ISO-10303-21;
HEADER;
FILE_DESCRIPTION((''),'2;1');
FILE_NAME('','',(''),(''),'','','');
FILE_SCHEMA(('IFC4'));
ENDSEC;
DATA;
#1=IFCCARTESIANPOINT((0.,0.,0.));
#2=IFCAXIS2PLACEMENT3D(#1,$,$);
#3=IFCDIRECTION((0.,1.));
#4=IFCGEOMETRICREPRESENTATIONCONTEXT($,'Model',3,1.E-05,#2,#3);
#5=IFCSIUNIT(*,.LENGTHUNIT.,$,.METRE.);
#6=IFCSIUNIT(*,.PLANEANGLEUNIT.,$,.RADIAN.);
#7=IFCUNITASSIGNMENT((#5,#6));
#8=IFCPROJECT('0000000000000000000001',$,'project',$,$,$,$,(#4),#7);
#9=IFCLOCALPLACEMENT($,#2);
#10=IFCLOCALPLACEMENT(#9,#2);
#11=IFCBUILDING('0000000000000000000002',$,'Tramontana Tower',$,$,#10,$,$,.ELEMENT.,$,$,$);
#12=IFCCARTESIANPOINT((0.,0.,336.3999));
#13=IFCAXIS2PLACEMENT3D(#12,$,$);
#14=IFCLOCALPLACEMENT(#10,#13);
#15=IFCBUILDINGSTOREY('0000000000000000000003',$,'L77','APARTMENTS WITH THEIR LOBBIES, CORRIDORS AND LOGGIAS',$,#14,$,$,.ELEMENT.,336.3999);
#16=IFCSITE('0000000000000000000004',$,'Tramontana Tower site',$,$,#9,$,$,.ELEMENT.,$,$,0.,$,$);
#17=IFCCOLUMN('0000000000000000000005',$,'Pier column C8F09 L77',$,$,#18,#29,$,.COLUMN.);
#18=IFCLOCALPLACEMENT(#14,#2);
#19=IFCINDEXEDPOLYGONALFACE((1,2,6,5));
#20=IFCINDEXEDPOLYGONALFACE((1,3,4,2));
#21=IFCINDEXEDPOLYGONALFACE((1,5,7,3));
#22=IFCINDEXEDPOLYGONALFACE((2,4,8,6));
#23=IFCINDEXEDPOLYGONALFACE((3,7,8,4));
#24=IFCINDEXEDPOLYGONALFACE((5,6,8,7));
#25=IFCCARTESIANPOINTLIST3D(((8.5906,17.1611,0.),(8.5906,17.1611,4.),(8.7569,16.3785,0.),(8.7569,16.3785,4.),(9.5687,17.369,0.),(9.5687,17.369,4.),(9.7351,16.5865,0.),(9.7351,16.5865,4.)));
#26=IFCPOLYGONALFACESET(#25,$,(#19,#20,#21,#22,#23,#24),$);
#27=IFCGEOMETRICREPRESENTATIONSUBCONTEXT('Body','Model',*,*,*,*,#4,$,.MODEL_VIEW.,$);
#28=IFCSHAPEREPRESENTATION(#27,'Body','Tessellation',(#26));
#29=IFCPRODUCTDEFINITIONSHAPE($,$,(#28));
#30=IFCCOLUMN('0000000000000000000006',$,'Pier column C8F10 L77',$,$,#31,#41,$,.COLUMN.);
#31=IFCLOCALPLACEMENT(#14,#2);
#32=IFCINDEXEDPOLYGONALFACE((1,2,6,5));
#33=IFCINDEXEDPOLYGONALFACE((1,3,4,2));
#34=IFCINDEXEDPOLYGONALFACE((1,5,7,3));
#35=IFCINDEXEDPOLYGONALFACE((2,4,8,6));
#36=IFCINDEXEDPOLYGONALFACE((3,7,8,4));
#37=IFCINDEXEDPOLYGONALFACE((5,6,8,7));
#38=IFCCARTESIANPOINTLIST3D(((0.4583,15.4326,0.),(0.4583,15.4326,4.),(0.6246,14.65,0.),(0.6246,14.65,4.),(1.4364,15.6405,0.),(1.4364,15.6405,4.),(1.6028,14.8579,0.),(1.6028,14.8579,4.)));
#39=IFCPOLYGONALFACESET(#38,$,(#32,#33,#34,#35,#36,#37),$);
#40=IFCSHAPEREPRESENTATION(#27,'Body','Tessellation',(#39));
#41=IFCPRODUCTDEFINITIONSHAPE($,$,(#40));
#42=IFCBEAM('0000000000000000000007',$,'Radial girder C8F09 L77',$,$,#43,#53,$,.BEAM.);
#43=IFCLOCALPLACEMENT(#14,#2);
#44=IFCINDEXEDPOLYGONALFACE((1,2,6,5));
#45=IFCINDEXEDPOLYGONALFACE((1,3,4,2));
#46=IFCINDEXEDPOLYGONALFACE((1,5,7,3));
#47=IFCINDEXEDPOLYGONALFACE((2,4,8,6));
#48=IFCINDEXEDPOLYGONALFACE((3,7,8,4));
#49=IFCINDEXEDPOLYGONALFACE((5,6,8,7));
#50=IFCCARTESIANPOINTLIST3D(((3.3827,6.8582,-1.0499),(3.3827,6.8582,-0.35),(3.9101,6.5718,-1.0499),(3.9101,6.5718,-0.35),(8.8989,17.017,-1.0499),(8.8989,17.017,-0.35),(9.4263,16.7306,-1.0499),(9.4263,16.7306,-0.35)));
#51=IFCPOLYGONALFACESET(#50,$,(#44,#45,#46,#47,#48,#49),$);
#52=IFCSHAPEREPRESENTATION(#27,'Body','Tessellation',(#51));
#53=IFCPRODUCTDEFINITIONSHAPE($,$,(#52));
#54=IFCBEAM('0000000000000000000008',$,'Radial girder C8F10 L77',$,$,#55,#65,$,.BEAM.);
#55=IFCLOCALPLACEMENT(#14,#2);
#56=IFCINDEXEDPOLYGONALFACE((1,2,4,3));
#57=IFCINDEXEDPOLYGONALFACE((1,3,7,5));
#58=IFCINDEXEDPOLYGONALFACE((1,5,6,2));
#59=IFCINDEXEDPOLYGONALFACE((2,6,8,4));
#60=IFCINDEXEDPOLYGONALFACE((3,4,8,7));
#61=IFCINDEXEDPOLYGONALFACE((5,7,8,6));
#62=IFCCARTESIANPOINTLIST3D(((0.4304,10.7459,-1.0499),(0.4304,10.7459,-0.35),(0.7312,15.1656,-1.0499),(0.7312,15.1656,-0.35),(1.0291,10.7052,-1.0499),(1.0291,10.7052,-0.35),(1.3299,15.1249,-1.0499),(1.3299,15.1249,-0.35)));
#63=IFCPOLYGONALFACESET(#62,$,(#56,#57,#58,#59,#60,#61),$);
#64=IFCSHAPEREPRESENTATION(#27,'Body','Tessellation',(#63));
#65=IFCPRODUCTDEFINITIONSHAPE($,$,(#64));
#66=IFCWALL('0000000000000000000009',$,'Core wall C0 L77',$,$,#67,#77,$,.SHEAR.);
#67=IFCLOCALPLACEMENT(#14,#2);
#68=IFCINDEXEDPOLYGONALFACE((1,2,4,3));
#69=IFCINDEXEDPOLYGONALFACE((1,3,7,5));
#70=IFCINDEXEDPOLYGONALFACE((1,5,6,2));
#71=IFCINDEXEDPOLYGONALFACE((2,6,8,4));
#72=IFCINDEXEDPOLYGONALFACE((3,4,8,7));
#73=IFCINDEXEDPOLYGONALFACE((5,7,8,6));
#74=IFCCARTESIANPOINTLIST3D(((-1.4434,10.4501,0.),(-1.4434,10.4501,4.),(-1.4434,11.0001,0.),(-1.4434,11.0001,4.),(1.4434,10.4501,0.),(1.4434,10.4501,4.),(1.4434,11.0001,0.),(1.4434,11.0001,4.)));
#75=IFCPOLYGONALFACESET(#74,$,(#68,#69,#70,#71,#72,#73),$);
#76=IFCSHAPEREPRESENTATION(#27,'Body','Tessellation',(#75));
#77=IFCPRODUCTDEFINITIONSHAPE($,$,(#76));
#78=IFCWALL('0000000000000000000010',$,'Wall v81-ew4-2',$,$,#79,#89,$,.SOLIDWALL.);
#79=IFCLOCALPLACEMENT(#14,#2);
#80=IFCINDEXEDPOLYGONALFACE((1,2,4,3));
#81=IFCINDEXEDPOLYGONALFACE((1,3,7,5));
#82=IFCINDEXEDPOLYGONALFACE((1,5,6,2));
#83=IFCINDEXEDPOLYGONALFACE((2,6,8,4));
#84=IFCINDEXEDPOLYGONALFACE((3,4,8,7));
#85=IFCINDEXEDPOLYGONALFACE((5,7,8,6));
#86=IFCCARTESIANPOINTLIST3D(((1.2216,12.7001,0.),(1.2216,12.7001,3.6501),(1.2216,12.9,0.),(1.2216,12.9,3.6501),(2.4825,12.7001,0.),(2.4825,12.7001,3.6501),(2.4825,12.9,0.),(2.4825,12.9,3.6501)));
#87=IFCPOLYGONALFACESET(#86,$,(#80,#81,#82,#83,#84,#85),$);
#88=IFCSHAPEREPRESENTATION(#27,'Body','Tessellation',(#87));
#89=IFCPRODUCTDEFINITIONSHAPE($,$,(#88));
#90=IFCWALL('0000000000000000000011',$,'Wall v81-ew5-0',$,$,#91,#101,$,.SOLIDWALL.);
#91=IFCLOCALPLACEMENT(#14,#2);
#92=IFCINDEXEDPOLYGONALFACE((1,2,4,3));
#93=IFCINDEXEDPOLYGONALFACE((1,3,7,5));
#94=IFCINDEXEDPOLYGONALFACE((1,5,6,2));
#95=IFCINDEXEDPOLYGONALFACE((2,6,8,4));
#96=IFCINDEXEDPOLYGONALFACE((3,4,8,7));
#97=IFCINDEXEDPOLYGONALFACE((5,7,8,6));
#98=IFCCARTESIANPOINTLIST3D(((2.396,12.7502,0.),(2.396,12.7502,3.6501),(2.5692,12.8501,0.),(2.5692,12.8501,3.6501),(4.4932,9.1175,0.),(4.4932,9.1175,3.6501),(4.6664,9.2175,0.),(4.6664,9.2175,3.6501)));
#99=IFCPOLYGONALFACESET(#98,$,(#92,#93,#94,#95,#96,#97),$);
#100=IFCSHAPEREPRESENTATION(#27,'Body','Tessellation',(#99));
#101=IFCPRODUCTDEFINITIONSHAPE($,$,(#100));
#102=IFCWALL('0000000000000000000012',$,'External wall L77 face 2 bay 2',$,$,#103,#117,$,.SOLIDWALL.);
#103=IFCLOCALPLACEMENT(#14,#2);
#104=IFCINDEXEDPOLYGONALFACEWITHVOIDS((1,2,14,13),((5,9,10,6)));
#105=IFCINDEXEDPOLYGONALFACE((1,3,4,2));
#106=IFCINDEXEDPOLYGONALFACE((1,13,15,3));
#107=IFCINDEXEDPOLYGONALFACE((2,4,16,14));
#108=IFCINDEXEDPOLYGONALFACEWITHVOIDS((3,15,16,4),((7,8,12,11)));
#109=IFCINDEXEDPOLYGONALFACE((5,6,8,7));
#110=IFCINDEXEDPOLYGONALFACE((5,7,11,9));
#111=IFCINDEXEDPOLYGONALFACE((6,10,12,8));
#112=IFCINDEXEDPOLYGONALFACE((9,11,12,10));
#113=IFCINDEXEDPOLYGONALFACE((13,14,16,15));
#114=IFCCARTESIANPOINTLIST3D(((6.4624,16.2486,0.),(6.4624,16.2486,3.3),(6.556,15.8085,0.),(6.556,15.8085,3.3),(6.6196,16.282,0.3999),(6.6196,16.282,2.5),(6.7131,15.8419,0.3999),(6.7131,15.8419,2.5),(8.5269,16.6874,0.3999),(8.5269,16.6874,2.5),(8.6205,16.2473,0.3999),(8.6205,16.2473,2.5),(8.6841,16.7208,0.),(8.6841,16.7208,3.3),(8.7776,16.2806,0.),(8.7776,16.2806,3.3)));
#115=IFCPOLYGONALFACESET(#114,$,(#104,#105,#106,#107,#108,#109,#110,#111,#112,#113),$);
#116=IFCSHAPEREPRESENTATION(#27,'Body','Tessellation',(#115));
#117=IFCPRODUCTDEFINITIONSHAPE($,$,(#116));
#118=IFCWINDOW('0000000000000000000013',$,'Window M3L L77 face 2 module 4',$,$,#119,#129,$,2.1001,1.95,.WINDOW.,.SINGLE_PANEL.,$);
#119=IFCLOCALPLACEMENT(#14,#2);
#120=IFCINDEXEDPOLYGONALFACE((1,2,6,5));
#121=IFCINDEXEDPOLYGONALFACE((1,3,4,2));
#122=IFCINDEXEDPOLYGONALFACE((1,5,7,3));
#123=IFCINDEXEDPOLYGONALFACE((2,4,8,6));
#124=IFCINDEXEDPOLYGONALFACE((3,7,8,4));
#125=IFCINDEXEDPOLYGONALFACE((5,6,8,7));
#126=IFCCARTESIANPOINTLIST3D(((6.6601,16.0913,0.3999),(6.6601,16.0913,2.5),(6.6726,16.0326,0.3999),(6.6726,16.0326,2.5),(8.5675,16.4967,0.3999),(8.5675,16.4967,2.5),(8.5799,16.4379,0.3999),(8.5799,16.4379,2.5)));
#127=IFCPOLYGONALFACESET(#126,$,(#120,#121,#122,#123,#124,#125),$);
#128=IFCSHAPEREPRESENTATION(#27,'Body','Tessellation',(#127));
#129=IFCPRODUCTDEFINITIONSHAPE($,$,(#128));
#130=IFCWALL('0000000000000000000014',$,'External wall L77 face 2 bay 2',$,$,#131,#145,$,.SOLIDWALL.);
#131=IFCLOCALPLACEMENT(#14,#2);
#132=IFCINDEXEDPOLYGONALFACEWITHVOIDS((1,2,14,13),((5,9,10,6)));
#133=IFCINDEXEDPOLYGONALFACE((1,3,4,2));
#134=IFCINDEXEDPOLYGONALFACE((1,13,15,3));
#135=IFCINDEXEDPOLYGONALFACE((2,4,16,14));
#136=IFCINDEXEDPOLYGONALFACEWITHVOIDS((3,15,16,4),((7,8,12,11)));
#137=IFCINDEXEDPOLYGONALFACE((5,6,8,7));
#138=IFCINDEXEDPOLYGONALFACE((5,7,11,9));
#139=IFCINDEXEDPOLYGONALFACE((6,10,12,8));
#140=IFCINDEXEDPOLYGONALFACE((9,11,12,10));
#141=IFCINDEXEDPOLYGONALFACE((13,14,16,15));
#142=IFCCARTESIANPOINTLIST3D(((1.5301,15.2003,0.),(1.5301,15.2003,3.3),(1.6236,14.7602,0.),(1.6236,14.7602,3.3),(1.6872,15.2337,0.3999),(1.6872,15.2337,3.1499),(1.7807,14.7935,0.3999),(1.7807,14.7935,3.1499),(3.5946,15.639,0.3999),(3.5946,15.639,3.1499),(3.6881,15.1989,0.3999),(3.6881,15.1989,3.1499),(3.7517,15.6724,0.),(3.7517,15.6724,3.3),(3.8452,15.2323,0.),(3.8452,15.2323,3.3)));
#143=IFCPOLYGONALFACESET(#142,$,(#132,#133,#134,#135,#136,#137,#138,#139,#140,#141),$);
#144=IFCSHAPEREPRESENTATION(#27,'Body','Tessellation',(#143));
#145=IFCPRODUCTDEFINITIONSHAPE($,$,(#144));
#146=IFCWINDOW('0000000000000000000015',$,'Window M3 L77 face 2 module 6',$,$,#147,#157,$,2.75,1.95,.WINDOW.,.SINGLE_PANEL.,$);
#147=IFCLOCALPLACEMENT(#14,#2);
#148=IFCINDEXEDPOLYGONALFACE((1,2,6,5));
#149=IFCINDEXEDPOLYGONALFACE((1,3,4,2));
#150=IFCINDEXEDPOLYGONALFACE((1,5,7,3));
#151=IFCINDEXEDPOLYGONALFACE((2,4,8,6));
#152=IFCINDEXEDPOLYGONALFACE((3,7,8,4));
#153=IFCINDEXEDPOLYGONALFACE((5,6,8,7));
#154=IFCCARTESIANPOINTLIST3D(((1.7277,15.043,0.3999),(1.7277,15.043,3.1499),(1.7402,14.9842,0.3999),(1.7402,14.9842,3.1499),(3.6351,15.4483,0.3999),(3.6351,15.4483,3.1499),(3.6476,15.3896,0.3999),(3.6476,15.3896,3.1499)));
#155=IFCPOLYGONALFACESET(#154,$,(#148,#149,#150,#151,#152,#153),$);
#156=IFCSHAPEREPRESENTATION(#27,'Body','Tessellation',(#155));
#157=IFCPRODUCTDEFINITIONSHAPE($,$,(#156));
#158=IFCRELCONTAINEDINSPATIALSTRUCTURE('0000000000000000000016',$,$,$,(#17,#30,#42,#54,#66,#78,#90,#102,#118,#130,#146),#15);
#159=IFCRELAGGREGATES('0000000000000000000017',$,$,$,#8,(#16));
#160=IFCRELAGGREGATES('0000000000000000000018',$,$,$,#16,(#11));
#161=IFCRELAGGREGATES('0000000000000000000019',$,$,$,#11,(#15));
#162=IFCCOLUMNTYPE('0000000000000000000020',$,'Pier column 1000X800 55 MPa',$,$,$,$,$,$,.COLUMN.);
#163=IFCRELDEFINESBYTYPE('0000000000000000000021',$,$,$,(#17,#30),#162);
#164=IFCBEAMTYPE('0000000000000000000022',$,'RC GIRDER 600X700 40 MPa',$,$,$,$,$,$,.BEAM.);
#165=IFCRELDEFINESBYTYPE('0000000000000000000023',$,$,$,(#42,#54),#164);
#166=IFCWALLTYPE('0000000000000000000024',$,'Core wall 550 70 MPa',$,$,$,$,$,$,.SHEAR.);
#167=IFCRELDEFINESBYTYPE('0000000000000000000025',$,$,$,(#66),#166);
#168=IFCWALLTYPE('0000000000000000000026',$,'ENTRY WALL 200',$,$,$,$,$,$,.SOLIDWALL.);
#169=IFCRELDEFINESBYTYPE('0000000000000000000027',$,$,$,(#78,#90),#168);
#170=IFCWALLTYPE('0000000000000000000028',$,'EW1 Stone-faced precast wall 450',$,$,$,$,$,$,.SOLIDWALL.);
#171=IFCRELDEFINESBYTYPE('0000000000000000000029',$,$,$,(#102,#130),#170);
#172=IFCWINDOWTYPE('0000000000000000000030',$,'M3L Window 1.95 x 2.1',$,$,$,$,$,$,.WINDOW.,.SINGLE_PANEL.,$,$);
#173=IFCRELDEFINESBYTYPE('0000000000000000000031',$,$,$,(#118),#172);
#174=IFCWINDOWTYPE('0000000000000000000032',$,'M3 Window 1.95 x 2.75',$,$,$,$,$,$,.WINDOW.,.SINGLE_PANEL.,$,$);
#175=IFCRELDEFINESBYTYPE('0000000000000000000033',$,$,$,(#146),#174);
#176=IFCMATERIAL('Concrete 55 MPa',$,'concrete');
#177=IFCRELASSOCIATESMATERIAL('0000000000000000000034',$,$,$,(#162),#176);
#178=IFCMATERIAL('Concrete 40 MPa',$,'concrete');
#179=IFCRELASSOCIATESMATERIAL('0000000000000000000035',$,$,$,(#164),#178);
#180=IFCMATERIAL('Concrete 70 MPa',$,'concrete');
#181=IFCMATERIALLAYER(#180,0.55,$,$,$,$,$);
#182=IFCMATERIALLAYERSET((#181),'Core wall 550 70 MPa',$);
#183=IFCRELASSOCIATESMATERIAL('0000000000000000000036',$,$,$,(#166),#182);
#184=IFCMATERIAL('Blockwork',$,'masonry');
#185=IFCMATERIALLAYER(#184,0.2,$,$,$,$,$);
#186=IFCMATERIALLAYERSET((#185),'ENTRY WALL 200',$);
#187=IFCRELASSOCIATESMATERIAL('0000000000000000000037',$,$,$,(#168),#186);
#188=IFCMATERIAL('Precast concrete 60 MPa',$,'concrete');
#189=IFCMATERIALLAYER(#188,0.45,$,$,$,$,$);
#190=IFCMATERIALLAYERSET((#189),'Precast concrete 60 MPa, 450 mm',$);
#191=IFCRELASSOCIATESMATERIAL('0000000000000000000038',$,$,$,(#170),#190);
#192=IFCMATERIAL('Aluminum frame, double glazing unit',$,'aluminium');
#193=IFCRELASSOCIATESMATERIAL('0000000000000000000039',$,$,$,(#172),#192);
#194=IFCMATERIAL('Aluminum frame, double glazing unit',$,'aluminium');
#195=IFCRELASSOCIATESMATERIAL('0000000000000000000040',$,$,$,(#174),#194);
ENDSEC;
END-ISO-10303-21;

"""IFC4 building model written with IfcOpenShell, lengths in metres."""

from ifc_helpers import new_model, si_unit, direction, frame, frame_2d, origin, origin_2d, place, context, subcontext, project, spatial, rectangle, extrude, material, layer, layer_set, material_profile, profile_set, type_object, element, fill, save


model = new_model("IFC4")

# Units and contexts
model_context = context("Model", 3, precision=1e-05, world=origin(), true_north=direction((0.0, 1.0)))
body_context = subcontext(model_context, "Body", "Model", "MODEL_VIEW")
ifc_project = project(units=[si_unit("LENGTHUNIT", "METRE"), si_unit("PLANEANGLEUNIT", "RADIAN")], contexts=[model_context])

# Site, building, storey
site_placement = place(None, origin())
site = spatial("IfcSite", under=ifc_project, at=site_placement, Name="Tramontana Tower site", CompositionType="ELEMENT", RefElevation=0.0)
building_placement = place(site_placement, origin())
building = spatial("IfcBuilding", under=site, at=building_placement, Name="Tramontana Tower", CompositionType="ELEMENT")
storey_placement = place(building_placement, frame((0.0, 0.0, 336.3999)))
storey = spatial("IfcBuildingStorey", under=building, at=storey_placement, Name="L77", Description="APARTMENTS WITH THEIR LOBBIES, CORRIDORS AND LOGGIAS", CompositionType="ELEMENT", Elevation=336.3999)

# Columns
ifc_material_1 = material(Name="Concrete 55 MPa", Category="concrete")
ifc_material_profile_1 = material_profile(ifc_material_1, rectangle(XDim=1.0, YDim=0.8, at=origin_2d()), Name="Pier column 1000X800 55 MPa")
ifc_profile_set_1 = profile_set([ifc_material_profile_1], Name="Concrete 55 MPa")
column_type = type_object("IfcColumnType", Name="Pier column 1000X800 55 MPa", PredefinedType="COLUMN", material=ifc_profile_set_1)
for number, where, z_axis, x_axis, name in (
    (1, (9.1628, 16.8738, 0.0), (0.0, 0.0, 1.0), (-0.978148, -0.207912, 0.0), "Pier column C8F09 L77"),
    (2, (1.0305, 15.1453, 0.0), (0.0, 0.0, 1.0), (-0.978148, -0.207912, 0.0), "Pier column C8F10 L77"),
):
    element("IfcColumn", number, at=place(storey_placement, frame(where, z_axis=z_axis, x_axis=x_axis)), inside=storey, type_object=column_type, Name=name, PredefinedType="COLUMN", context=body_context, shape_type="SweptSolid", body=[
        extrude(rectangle(XDim=1.0, YDim=0.8, at=origin_2d()), origin(), (0.0, 0.0, 1.0), 4.0),
    ])

# Beams
ifc_material_2 = material(Name="Concrete 40 MPa", Category="concrete")
ifc_material_profile_2 = material_profile(ifc_material_2, rectangle(XDim=0.6001, YDim=0.7, at=origin_2d()), Name="RC GIRDER 600X700 40 MPa")
ifc_profile_set_2 = profile_set([ifc_material_profile_2], Name="Concrete 40 MPa")
beam_type = type_object("IfcBeamType", Name="RC GIRDER 600X700 40 MPa", PredefinedType="BEAM", material=ifc_profile_set_2)
beam_1_placement = place(storey_placement, frame((9.1626, 16.8738, -0.7), z_axis=(-0.477185, -0.878803, 0.0), x_axis=(0.878803, -0.477185, 0.0)))
element("IfcBeam", 3, at=beam_1_placement, inside=storey, type_object=beam_type, Name="Radial girder C8F09 L77", PredefinedType="BEAM", context=body_context, shape_type="SweptSolid", body=[
    extrude(rectangle(XDim=0.6001, YDim=0.7, at=origin_2d()), origin(), (0.0, 0.0, 1.0), 11.5598),
])
beam_2_placement = place(storey_placement, frame((1.0305, 15.1453, -0.7), z_axis=(-0.067898, -0.997692, 0.0), x_axis=(0.997692, -0.067898, 0.0)))
element("IfcBeam", 4, at=beam_2_placement, inside=storey, type_object=beam_type, Name="Radial girder C8F10 L77", PredefinedType="BEAM", context=body_context, shape_type="SweptSolid", body=[
    extrude(rectangle(XDim=0.6001, YDim=0.7, at=origin_2d()), origin(), (0.0, 0.0, 1.0), 4.4299),
])

# Walls
ifc_material_3 = material(Name="Concrete 70 MPa", Category="concrete")
ifc_layer_1 = layer(ifc_material_3, 0.55)
ifc_layer_set_1 = layer_set([ifc_layer_1], Name="Core wall 550 70 MPa")
wall_type_1 = type_object("IfcWallType", Name="Core wall 550 70 MPa", PredefinedType="SHEAR", material=ifc_layer_set_1)
wall_1_placement = place(storey_placement, frame((1.4434, 10.7251, 0.0), z_axis=(0.0, 0.0, 1.0), x_axis=(-1.0, 0.0, 0.0)))
element("IfcWall", 5, at=wall_1_placement, inside=storey, type_object=wall_type_1, Name="Core wall C0 L77", PredefinedType="SHEAR", context=body_context, shape_type="SweptSolid", body=[
    extrude(rectangle(XDim=2.8867, YDim=0.55, at=frame_2d((1.4434, 0.0))), origin(), (0.0, 0.0, 1.0), 4.0),
])
ifc_material_4 = material(Name="Blockwork", Category="masonry")
ifc_layer_2 = layer(ifc_material_4, 0.2)
ifc_layer_set_2 = layer_set([ifc_layer_2], Name="ENTRY WALL 200")
wall_type_2 = type_object("IfcWallType", Name="ENTRY WALL 200", PredefinedType="SOLIDWALL", material=ifc_layer_set_2)
wall_2_placement = place(storey_placement, frame((1.2217, 12.8, 0.0), z_axis=(0.0, 0.0, 1.0), x_axis=(1.0, 0.0, 0.0)))
element("IfcWall", 6, at=wall_2_placement, inside=storey, type_object=wall_type_2, Name="Wall v81-ew4-2", PredefinedType="SOLIDWALL", context=body_context, shape_type="SweptSolid", body=[
    extrude(rectangle(XDim=1.261, YDim=0.2, at=frame_2d((0.6304, 0.0))), origin(), (0.0, 0.0, 1.0), 3.6501),
])
wall_3_placement = place(storey_placement, frame((2.4827, 12.8, 0.0), z_axis=(0.0, 0.0, 1.0), x_axis=(0.499983, -0.866035, 0.0)))
element("IfcWall", 7, at=wall_3_placement, inside=storey, type_object=wall_type_2, Name="Wall v81-ew5-0", PredefinedType="SOLIDWALL", context=body_context, shape_type="SweptSolid", body=[
    extrude(rectangle(XDim=4.1946, YDim=0.2, at=frame_2d((2.0972, 0.0))), origin(), (0.0, 0.0, 1.0), 3.6501),
])

# Walls, openings, windows
ifc_material_5 = material(Name="Precast concrete 60 MPa", Category="concrete")
ifc_layer_3 = layer(ifc_material_5, 0.45)
ifc_layer_set_3 = layer_set([ifc_layer_3], Name="Precast concrete 60 MPa, 450 mm")
wall_type_3 = type_object("IfcWallType", Name="EW1 Stone-faced precast wall 450", PredefinedType="SOLIDWALL", material=ifc_layer_set_3)
wall_4_placement = place(storey_placement, frame((8.731, 16.5007, 0.0), z_axis=(0.0, 0.0, 1.0), x_axis=(-0.978153, -0.207884, 0.0)))
wall_4 = element("IfcWall", 8, at=wall_4_placement, inside=storey, type_object=wall_type_3, Name="External wall L77 face 2 bay 2", PredefinedType="SOLIDWALL", context=body_context, shape_type="SweptSolid", body=[
    extrude(rectangle(XDim=2.2712, YDim=0.45, at=frame_2d((1.1357, 0.0))), origin(), (0.0, 0.0, 1.0), 3.3),
])
opening_1_placement = place(wall_4_placement, frame((0.1606, 0.0, 0.3999)))
opening_1 = element("IfcOpeningElement", 9, at=opening_1_placement, cuts=wall_4, PredefinedType="OPENING", context=body_context, shape_type="SweptSolid", body=[
    extrude(rectangle(XDim=1.95, YDim=2.1001, at=frame_2d((0.9751, 1.05))), frame((0.0, 0.2349, 0.0), z_axis=(0.0, -1.0, 0.0), x_axis=(1.0, 0.0, 0.0)), (0.0, 0.0, 1.0), 0.47),
])
ifc_material_6 = material(Name="Aluminum frame, double glazing unit", Category="aluminium")
window_type_1 = type_object("IfcWindowType", Name="M3L Window 1.95 x 2.1", PartitioningType="SINGLE_PANEL", PredefinedType="WINDOW", material=ifc_material_6)
window_1_placement = place(opening_1_placement, origin())
window_1 = element("IfcWindow", 10, at=window_1_placement, inside=storey, type_object=window_type_1, Name="Window M3L L77 face 2 module 4", OverallHeight=2.1001, OverallWidth=1.95, PartitioningType="SINGLE_PANEL", PredefinedType="WINDOW", context=body_context, shape_type="SweptSolid", body=[
    extrude(rectangle(XDim=1.95, YDim=2.1001, at=frame_2d((0.9751, 1.05))), frame((0.0, 0.03, 0.0), z_axis=(0.0, -1.0, 0.0), x_axis=(1.0, 0.0, 0.0)), (0.0, 0.0, 1.0), 0.0601),
])
fill(opening_1, window_1)
wall_5_placement = place(storey_placement, frame((3.7986, 15.4524, 0.0), z_axis=(0.0, 0.0, 1.0), x_axis=(-0.978153, -0.207884, 0.0)))
wall_5 = element("IfcWall", 11, at=wall_5_placement, inside=storey, type_object=wall_type_3, Name="External wall L77 face 2 bay 2", PredefinedType="SOLIDWALL", context=body_context, shape_type="SweptSolid", body=[
    extrude(rectangle(XDim=2.2712, YDim=0.45, at=frame_2d((1.1357, 0.0))), origin(), (0.0, 0.0, 1.0), 3.3),
])
opening_2_placement = place(wall_5_placement, frame((0.1606, 0.0, 0.3999)))
opening_2 = element("IfcOpeningElement", 12, at=opening_2_placement, cuts=wall_5, PredefinedType="OPENING", context=body_context, shape_type="SweptSolid", body=[
    extrude(rectangle(XDim=1.95, YDim=2.75, at=frame_2d((0.9751, 1.375))), frame((0.0, 0.2349, 0.0), z_axis=(0.0, -1.0, 0.0), x_axis=(1.0, 0.0, 0.0)), (0.0, 0.0, 1.0), 0.47),
])
ifc_material_7 = material(Name="Aluminum frame, double glazing unit", Category="aluminium")
window_type_2 = type_object("IfcWindowType", Name="M3 Window 1.95 x 2.75", PartitioningType="SINGLE_PANEL", PredefinedType="WINDOW", material=ifc_material_7)
window_2_placement = place(opening_2_placement, origin())
window_2 = element("IfcWindow", 13, at=window_2_placement, inside=storey, type_object=window_type_2, Name="Window M3 L77 face 2 module 6", OverallHeight=2.75, OverallWidth=1.95, PartitioningType="SINGLE_PANEL", PredefinedType="WINDOW", context=body_context, shape_type="SweptSolid", body=[
    extrude(rectangle(XDim=1.95, YDim=2.75, at=frame_2d((0.9751, 1.375))), frame((0.0, 0.03, 0.0), z_axis=(0.0, -1.0, 0.0), x_axis=(1.0, 0.0, 0.0)), (0.0, 0.0, 1.0), 0.0601),
])
fill(opening_2, window_2)

save(model, "model.ifc")
